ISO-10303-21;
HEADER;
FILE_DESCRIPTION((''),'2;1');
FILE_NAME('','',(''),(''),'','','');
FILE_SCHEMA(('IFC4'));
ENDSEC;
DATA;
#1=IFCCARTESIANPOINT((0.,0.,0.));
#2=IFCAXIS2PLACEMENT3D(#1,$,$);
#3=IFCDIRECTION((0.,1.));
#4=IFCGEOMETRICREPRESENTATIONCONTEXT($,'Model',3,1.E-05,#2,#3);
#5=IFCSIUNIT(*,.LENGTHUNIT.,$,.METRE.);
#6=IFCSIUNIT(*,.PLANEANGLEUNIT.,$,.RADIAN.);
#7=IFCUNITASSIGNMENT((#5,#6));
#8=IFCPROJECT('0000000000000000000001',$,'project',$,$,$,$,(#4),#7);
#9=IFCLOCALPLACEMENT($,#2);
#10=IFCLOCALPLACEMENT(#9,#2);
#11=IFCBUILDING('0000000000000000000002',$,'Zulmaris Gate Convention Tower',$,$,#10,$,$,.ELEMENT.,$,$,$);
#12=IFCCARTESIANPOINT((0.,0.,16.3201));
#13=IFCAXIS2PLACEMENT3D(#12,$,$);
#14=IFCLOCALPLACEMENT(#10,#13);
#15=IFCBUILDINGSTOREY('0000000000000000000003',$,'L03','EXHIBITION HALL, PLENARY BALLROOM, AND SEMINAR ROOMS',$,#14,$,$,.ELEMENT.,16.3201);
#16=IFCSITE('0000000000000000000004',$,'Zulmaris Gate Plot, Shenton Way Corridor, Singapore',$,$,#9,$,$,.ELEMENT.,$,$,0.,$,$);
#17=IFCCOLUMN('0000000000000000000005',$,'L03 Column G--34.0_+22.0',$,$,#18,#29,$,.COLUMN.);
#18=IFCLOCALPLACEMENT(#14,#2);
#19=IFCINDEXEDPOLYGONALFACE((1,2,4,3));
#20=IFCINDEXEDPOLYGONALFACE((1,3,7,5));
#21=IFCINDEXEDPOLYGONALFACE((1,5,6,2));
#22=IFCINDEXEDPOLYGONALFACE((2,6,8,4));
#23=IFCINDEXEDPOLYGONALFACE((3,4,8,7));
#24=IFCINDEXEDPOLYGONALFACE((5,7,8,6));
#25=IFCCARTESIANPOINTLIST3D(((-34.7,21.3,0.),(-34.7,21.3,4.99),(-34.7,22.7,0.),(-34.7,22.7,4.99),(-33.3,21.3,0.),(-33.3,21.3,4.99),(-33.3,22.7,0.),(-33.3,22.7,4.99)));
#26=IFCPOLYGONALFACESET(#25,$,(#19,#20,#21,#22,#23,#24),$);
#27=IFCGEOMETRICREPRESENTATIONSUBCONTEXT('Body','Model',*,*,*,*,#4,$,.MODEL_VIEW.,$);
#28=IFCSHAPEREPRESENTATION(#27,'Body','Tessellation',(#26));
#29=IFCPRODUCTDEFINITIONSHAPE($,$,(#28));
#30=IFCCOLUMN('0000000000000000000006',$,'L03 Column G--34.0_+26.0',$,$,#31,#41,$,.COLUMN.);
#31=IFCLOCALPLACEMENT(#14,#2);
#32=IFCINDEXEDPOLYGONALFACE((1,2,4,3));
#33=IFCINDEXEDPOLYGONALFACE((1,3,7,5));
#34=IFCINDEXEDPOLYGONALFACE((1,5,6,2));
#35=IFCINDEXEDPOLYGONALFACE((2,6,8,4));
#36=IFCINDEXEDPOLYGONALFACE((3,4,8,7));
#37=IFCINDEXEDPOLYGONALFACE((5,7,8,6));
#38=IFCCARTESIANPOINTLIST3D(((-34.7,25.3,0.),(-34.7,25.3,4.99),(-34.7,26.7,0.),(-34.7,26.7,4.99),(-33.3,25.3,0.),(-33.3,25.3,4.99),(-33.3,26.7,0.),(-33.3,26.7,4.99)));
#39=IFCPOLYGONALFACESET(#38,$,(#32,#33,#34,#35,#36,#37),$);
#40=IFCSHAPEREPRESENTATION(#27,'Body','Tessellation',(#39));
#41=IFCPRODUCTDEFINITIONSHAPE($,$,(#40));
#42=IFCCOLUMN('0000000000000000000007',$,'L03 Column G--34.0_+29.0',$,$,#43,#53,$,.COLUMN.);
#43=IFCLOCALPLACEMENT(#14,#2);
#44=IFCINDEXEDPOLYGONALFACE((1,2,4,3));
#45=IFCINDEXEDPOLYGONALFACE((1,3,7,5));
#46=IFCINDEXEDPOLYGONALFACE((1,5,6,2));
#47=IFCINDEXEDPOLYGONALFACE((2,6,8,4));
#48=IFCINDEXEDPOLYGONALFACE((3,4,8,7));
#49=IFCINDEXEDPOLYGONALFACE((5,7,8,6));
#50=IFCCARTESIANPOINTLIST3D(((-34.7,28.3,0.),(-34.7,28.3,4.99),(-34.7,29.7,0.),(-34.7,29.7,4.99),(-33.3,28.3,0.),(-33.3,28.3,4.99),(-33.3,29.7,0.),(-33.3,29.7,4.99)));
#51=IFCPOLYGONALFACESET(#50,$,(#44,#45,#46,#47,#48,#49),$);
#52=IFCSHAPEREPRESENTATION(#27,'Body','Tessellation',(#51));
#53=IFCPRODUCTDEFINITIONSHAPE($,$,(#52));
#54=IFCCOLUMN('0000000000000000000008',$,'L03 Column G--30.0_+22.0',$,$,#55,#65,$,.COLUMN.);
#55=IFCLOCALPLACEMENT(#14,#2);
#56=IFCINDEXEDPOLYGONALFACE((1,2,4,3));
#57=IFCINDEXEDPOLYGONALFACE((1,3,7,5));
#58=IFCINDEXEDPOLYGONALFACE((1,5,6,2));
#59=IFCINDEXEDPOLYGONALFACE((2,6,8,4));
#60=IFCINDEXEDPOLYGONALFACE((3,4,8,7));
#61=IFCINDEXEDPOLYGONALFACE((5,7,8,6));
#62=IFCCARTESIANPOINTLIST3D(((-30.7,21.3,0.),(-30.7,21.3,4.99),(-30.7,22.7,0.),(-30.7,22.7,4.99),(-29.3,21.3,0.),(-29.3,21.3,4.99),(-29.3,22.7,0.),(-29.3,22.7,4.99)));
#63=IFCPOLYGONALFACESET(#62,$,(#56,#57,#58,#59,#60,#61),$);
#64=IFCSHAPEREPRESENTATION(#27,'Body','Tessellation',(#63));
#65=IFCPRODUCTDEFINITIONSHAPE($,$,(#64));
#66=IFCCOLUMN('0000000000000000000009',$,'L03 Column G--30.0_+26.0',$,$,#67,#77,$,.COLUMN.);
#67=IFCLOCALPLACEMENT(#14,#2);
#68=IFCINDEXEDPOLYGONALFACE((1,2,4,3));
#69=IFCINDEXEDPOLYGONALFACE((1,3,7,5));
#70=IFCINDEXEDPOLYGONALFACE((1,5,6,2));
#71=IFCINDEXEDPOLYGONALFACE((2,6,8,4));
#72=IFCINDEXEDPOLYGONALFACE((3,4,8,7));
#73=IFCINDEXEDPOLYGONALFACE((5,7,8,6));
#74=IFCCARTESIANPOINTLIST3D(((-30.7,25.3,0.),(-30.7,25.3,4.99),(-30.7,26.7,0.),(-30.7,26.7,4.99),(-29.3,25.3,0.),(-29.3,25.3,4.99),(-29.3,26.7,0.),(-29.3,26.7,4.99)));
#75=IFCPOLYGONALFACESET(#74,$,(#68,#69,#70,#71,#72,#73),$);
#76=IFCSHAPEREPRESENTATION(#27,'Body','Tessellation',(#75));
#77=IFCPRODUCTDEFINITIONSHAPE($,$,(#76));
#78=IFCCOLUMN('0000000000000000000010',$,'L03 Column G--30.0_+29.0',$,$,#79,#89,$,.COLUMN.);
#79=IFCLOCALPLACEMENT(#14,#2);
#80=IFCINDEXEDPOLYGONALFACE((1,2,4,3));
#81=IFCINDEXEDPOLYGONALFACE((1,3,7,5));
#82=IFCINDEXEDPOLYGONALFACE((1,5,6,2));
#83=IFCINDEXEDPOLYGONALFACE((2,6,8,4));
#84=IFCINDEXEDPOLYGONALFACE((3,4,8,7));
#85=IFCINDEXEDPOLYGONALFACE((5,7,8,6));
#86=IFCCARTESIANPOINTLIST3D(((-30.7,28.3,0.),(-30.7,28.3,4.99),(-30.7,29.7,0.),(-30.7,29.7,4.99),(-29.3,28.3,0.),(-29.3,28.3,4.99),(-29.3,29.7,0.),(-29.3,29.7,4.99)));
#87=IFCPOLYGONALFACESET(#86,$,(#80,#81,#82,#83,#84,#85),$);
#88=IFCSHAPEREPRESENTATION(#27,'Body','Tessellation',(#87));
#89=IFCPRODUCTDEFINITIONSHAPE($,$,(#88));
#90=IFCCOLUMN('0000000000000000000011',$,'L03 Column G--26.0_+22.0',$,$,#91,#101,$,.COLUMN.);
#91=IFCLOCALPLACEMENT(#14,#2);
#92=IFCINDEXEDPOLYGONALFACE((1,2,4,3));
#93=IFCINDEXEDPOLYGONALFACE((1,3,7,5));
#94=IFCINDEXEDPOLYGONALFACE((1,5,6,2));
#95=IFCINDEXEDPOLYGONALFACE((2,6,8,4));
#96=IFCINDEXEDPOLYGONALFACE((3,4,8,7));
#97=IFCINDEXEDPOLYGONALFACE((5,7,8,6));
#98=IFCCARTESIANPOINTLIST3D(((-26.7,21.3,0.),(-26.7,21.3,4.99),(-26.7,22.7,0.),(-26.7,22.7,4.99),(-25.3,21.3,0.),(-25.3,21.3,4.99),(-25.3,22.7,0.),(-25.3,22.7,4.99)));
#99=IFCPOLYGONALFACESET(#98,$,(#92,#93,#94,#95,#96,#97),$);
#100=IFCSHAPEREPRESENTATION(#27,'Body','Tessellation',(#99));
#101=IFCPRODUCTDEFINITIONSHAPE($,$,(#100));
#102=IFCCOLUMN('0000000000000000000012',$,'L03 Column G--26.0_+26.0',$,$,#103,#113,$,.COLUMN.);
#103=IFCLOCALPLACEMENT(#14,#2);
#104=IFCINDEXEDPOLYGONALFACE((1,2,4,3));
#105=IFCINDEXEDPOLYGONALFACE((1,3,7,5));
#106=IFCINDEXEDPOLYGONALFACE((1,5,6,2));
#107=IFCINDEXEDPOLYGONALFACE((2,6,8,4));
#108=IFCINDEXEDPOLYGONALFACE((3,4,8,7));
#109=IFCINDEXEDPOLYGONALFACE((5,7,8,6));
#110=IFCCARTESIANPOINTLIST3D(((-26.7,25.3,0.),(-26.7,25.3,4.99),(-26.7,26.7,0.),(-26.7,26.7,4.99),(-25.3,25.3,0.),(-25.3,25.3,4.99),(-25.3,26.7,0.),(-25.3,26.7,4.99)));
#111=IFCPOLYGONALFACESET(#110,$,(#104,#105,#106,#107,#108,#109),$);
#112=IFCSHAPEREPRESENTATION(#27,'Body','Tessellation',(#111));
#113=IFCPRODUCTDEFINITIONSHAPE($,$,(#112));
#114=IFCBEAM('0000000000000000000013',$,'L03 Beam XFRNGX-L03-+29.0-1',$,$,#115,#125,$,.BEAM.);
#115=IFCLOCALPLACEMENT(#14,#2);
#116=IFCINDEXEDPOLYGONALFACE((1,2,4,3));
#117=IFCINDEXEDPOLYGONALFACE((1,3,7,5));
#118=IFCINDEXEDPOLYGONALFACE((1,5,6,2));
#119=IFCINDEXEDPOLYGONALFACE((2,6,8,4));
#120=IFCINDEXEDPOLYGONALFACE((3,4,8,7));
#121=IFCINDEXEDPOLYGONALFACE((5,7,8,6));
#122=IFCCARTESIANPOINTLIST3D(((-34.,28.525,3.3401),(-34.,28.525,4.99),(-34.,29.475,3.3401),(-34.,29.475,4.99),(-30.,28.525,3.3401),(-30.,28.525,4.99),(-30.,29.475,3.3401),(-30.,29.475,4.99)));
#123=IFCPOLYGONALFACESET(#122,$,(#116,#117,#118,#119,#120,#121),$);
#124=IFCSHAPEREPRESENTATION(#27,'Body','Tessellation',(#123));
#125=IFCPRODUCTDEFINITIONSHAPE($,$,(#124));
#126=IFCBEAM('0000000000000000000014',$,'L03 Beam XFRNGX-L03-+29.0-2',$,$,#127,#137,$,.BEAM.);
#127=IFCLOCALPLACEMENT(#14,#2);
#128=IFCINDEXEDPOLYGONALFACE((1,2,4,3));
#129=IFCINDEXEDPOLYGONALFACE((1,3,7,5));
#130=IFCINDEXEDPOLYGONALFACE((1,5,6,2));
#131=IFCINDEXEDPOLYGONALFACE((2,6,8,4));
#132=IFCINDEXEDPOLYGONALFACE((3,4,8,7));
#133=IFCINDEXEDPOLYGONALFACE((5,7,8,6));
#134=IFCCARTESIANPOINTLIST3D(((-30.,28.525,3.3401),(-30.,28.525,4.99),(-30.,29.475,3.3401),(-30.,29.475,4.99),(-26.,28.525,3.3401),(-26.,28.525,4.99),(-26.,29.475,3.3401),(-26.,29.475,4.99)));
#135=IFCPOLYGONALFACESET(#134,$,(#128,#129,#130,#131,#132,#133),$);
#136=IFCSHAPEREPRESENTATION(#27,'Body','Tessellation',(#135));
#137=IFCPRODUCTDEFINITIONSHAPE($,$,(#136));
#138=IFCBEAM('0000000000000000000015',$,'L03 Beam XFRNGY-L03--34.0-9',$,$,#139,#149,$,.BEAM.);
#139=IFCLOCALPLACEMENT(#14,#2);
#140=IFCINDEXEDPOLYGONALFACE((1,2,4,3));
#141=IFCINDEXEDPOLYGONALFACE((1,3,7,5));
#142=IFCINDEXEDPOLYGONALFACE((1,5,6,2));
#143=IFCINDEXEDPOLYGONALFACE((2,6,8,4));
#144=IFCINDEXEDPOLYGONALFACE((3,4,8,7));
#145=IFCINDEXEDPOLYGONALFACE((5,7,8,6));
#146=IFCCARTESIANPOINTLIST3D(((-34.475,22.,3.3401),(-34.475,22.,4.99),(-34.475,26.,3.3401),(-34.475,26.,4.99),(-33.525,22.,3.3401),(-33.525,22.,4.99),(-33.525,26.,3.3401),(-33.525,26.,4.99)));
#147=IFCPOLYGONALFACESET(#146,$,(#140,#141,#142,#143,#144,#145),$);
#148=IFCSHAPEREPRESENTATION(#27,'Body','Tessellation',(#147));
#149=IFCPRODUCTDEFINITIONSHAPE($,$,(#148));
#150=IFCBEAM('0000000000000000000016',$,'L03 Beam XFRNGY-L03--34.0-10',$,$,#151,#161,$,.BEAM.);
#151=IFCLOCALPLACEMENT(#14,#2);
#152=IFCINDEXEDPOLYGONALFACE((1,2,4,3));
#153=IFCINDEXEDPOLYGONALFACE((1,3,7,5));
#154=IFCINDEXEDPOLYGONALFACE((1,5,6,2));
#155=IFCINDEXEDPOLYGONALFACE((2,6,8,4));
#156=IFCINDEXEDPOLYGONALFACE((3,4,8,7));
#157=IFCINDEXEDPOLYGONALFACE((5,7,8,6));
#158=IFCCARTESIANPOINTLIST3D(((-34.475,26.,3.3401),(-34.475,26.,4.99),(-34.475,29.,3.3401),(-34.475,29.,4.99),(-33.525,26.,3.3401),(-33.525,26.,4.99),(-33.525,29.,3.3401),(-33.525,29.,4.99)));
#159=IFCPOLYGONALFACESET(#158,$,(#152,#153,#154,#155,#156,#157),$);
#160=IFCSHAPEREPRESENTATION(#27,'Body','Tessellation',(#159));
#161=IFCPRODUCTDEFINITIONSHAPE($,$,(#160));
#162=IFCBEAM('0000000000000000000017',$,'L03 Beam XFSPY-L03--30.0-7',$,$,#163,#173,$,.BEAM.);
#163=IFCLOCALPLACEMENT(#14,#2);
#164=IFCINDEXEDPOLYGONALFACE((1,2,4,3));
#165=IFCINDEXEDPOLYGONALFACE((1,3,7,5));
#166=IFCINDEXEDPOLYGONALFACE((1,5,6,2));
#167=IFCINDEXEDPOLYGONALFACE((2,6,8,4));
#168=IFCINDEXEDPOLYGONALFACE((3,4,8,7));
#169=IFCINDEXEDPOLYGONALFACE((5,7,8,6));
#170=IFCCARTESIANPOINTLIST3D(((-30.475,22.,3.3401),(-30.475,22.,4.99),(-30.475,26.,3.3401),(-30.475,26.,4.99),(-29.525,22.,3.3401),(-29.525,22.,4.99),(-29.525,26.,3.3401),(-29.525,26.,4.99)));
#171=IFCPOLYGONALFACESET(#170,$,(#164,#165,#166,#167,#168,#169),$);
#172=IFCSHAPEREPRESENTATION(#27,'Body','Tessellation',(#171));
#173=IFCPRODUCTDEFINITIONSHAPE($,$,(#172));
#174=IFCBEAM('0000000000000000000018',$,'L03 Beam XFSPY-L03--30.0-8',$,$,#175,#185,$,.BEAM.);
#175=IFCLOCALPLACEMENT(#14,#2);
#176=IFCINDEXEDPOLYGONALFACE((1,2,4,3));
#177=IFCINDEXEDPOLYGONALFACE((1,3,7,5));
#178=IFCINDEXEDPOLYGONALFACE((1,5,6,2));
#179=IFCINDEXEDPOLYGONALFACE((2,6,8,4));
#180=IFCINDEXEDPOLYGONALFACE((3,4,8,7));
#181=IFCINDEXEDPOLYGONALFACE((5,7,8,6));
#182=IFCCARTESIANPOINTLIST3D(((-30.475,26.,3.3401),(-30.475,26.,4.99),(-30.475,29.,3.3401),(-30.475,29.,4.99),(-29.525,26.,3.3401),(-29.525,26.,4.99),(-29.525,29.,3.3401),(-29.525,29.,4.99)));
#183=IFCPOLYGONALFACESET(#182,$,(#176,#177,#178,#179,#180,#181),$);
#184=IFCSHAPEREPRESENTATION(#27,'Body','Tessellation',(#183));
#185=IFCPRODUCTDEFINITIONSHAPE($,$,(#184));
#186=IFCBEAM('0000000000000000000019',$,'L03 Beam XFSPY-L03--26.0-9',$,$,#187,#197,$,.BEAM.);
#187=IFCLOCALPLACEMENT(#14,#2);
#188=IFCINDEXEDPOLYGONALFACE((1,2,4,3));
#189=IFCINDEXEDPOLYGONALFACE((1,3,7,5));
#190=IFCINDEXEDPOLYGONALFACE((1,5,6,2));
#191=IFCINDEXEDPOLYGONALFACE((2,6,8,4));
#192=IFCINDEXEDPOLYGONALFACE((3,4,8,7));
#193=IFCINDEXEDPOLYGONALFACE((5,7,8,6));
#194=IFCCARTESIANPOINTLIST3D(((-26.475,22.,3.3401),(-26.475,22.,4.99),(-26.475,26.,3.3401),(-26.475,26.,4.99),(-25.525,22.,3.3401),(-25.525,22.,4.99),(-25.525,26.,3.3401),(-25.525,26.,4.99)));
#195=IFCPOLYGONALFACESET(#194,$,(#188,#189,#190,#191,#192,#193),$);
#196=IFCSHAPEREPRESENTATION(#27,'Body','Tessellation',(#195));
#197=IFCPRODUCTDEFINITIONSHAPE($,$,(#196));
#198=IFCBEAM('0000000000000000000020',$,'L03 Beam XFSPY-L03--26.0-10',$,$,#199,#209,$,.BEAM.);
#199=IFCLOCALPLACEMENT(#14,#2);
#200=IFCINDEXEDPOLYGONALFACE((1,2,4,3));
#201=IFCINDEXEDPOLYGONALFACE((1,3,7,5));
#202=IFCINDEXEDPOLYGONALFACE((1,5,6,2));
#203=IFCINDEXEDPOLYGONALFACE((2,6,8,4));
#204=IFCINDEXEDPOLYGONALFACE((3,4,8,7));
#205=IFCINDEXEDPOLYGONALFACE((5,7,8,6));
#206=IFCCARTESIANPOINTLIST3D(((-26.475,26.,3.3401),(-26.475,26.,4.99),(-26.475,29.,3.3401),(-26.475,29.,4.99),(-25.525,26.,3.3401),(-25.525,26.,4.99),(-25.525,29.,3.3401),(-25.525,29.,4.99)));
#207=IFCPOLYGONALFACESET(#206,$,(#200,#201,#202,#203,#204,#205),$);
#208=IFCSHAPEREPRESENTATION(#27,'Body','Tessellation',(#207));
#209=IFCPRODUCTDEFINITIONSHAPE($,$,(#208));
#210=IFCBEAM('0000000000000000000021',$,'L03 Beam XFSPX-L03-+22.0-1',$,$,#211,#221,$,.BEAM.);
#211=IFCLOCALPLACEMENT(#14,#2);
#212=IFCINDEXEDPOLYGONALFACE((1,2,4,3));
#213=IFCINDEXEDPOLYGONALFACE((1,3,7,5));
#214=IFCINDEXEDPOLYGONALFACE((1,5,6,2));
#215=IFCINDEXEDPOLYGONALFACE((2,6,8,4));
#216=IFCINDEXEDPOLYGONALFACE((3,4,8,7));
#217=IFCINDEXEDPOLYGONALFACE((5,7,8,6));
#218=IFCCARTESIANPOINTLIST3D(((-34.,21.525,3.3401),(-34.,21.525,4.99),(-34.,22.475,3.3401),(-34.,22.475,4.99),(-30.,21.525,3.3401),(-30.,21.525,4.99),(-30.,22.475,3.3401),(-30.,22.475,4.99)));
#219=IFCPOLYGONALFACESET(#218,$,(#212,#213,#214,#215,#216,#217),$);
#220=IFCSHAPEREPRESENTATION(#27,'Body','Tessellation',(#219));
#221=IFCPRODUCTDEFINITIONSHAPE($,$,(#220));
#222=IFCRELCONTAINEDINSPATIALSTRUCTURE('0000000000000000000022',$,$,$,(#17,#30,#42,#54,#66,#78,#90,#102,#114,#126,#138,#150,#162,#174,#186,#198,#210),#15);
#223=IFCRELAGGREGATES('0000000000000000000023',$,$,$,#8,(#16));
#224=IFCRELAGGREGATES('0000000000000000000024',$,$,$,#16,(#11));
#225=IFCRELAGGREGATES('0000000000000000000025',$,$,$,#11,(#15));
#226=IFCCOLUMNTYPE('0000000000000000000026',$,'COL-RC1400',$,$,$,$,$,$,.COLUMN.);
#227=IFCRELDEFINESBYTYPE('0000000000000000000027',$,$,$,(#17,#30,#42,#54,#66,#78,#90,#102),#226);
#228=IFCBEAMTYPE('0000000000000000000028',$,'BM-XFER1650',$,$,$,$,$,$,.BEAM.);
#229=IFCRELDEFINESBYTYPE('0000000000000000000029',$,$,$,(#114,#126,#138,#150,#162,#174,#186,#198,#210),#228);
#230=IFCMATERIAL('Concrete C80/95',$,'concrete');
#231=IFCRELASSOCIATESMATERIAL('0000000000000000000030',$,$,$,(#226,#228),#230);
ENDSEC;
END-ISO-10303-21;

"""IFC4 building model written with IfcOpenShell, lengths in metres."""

from ifc_helpers import new_model, si_unit, direction, frame, origin, origin_2d, place, context, subcontext, project, spatial, rectangle, extrude, material, material_profile, profile_set, type_object, element, save


model = new_model("IFC4")

# Units and contexts
model_context = context("Model", 3, precision=1e-05, world=origin(), true_north=direction((0.0, 1.0)))
body_context = subcontext(model_context, "Body", "Model", "MODEL_VIEW")
ifc_project = project(units=[si_unit("LENGTHUNIT", "METRE"), si_unit("PLANEANGLEUNIT", "RADIAN")], contexts=[model_context])

# Site, building, storey
site_placement = place(None, origin())
site = spatial("IfcSite", under=ifc_project, at=site_placement, Name="Zulmaris Gate Plot, Shenton Way Corridor, Singapore", CompositionType="ELEMENT", RefElevation=0.0)
building_placement = place(site_placement, origin())
building = spatial("IfcBuilding", under=site, at=building_placement, Name="Zulmaris Gate Convention Tower", CompositionType="ELEMENT")
storey_placement = place(building_placement, frame((0.0, 0.0, 16.3201)))
storey = spatial("IfcBuildingStorey", under=building, at=storey_placement, Name="L03", Description="EXHIBITION HALL, PLENARY BALLROOM, AND SEMINAR ROOMS", CompositionType="ELEMENT", Elevation=16.3201)

# Columns
ifc_material_1 = material(Name="Concrete C80/95", Category="concrete")
ifc_material_profile_1 = material_profile(ifc_material_1, rectangle(XDim=1.3999, YDim=1.3999, at=origin_2d()), Name="RC COL 1400x1400")
ifc_profile_set_1 = profile_set([ifc_material_profile_1], Name="Concrete C80/95")
column_type = type_object("IfcColumnType", Name="COL-RC1400", PredefinedType="COLUMN", material=ifc_profile_set_1)
for number, where, z_axis, x_axis, name in (
    (1, (-34.0, 22.0, 0.0), (0.0, 0.0, 1.0), (1.0, 0.0, 0.0), "L03 Column G--34.0_+22.0"),
    (2, (-34.0, 26.0, 0.0), (0.0, 0.0, 1.0), (1.0, 0.0, 0.0), "L03 Column G--34.0_+26.0"),
    (3, (-34.0, 29.0, 0.0), (0.0, 0.0, 1.0), (1.0, 0.0, 0.0), "L03 Column G--34.0_+29.0"),
    (4, (-30.0, 22.0, 0.0), (0.0, 0.0, 1.0), (1.0, 0.0, 0.0), "L03 Column G--30.0_+22.0"),
    (5, (-30.0, 26.0, 0.0), (0.0, 0.0, 1.0), (1.0, 0.0, 0.0), "L03 Column G--30.0_+26.0"),
    (6, (-30.0, 29.0, 0.0), (0.0, 0.0, 1.0), (1.0, 0.0, 0.0), "L03 Column G--30.0_+29.0"),
    (7, (-26.0, 22.0, 0.0), (0.0, 0.0, 1.0), (1.0, 0.0, 0.0), "L03 Column G--26.0_+22.0"),
    (8, (-26.0, 26.0, 0.0), (0.0, 0.0, 1.0), (1.0, 0.0, 0.0), "L03 Column G--26.0_+26.0"),
):
    element("IfcColumn", number, at=place(storey_placement, frame(where, z_axis=z_axis, x_axis=x_axis)), inside=storey, type_object=column_type, Name=name, PredefinedType="COLUMN", context=body_context, shape_type="SweptSolid", body=[
        extrude(rectangle(XDim=1.3999, YDim=1.3999, at=origin_2d()), origin(), (0.0, 0.0, 1.0), 4.99),
    ])

# Beams
ifc_material_profile_2 = material_profile(ifc_material_1, rectangle(XDim=0.95, YDim=1.6499, at=origin_2d()), Name="RC TRANSFER 950x1650")
ifc_profile_set_2 = profile_set([ifc_material_profile_2], Name="Concrete C80/95")
beam_type = type_object("IfcBeamType", Name="BM-XFER1650", PredefinedType="BEAM", material=ifc_profile_set_2)
for number, where, z_axis, x_axis, name in (
    (9, (-34.0, 29.0, 4.165), (1.0, 0.0, 0.0), (0.0, 1.0, 0.0), "L03 Beam XFRNGX-L03-+29.0-1"),
    (10, (-30.0, 29.0, 4.165), (1.0, 0.0, 0.0), (0.0, 1.0, 0.0), "L03 Beam XFRNGX-L03-+29.0-2"),
    (11, (-34.0, 22.0, 4.165), (0.0, 1.0, 0.0), (-1.0, 0.0, 0.0), "L03 Beam XFRNGY-L03--34.0-9"),
):
    element("IfcBeam", number, at=place(storey_placement, frame(where, z_axis=z_axis, x_axis=x_axis)), inside=storey, type_object=beam_type, Name=name, PredefinedType="BEAM", context=body_context, shape_type="SweptSolid", body=[
        extrude(rectangle(XDim=0.95, YDim=1.6499, at=origin_2d()), origin(), (0.0, 0.0, 1.0), 4.0),
    ])
beam_1_placement = place(storey_placement, frame((-34.0, 26.0, 4.165), z_axis=(0.0, 1.0, 0.0), x_axis=(-1.0, 0.0, 0.0)))
element("IfcBeam", 12, at=beam_1_placement, inside=storey, type_object=beam_type, Name="L03 Beam XFRNGY-L03--34.0-10", PredefinedType="BEAM", context=body_context, shape_type="SweptSolid", body=[
    extrude(rectangle(XDim=0.95, YDim=1.6499, at=origin_2d()), origin(), (0.0, 0.0, 1.0), 3.0),
])
beam_2_placement = place(storey_placement, frame((-30.0, 22.0, 4.165), z_axis=(0.0, 1.0, 0.0), x_axis=(-1.0, 0.0, 0.0)))
element("IfcBeam", 13, at=beam_2_placement, inside=storey, type_object=beam_type, Name="L03 Beam XFSPY-L03--30.0-7", PredefinedType="BEAM", context=body_context, shape_type="SweptSolid", body=[
    extrude(rectangle(XDim=0.95, YDim=1.6499, at=origin_2d()), origin(), (0.0, 0.0, 1.0), 4.0),
])
beam_3_placement = place(storey_placement, frame((-30.0, 26.0, 4.165), z_axis=(0.0, 1.0, 0.0), x_axis=(-1.0, 0.0, 0.0)))
element("IfcBeam", 14, at=beam_3_placement, inside=storey, type_object=beam_type, Name="L03 Beam XFSPY-L03--30.0-8", PredefinedType="BEAM", context=body_context, shape_type="SweptSolid", body=[
    extrude(rectangle(XDim=0.95, YDim=1.6499, at=origin_2d()), origin(), (0.0, 0.0, 1.0), 3.0),
])
beam_4_placement = place(storey_placement, frame((-26.0, 22.0, 4.165), z_axis=(0.0, 1.0, 0.0), x_axis=(-1.0, 0.0, 0.0)))
element("IfcBeam", 15, at=beam_4_placement, inside=storey, type_object=beam_type, Name="L03 Beam XFSPY-L03--26.0-9", PredefinedType="BEAM", context=body_context, shape_type="SweptSolid", body=[
    extrude(rectangle(XDim=0.95, YDim=1.6499, at=origin_2d()), origin(), (0.0, 0.0, 1.0), 4.0),
])
beam_5_placement = place(storey_placement, frame((-26.0, 26.0, 4.165), z_axis=(0.0, 1.0, 0.0), x_axis=(-1.0, 0.0, 0.0)))
element("IfcBeam", 16, at=beam_5_placement, inside=storey, type_object=beam_type, Name="L03 Beam XFSPY-L03--26.0-10", PredefinedType="BEAM", context=body_context, shape_type="SweptSolid", body=[
    extrude(rectangle(XDim=0.95, YDim=1.6499, at=origin_2d()), origin(), (0.0, 0.0, 1.0), 3.0),
])
for number, where, z_axis, x_axis, name in (
    (17, (-34.0, 22.0, 4.165), (1.0, 0.0, 0.0), (0.0, 1.0, 0.0), "L03 Beam XFSPX-L03-+22.0-1"),
):
    element("IfcBeam", number, at=place(storey_placement, frame(where, z_axis=z_axis, x_axis=x_axis)), inside=storey, type_object=beam_type, Name=name, PredefinedType="BEAM", context=body_context, shape_type="SweptSolid", body=[
        extrude(rectangle(XDim=0.95, YDim=1.6499, at=origin_2d()), origin(), (0.0, 0.0, 1.0), 4.0),
    ])

save(model, "model.ifc")
